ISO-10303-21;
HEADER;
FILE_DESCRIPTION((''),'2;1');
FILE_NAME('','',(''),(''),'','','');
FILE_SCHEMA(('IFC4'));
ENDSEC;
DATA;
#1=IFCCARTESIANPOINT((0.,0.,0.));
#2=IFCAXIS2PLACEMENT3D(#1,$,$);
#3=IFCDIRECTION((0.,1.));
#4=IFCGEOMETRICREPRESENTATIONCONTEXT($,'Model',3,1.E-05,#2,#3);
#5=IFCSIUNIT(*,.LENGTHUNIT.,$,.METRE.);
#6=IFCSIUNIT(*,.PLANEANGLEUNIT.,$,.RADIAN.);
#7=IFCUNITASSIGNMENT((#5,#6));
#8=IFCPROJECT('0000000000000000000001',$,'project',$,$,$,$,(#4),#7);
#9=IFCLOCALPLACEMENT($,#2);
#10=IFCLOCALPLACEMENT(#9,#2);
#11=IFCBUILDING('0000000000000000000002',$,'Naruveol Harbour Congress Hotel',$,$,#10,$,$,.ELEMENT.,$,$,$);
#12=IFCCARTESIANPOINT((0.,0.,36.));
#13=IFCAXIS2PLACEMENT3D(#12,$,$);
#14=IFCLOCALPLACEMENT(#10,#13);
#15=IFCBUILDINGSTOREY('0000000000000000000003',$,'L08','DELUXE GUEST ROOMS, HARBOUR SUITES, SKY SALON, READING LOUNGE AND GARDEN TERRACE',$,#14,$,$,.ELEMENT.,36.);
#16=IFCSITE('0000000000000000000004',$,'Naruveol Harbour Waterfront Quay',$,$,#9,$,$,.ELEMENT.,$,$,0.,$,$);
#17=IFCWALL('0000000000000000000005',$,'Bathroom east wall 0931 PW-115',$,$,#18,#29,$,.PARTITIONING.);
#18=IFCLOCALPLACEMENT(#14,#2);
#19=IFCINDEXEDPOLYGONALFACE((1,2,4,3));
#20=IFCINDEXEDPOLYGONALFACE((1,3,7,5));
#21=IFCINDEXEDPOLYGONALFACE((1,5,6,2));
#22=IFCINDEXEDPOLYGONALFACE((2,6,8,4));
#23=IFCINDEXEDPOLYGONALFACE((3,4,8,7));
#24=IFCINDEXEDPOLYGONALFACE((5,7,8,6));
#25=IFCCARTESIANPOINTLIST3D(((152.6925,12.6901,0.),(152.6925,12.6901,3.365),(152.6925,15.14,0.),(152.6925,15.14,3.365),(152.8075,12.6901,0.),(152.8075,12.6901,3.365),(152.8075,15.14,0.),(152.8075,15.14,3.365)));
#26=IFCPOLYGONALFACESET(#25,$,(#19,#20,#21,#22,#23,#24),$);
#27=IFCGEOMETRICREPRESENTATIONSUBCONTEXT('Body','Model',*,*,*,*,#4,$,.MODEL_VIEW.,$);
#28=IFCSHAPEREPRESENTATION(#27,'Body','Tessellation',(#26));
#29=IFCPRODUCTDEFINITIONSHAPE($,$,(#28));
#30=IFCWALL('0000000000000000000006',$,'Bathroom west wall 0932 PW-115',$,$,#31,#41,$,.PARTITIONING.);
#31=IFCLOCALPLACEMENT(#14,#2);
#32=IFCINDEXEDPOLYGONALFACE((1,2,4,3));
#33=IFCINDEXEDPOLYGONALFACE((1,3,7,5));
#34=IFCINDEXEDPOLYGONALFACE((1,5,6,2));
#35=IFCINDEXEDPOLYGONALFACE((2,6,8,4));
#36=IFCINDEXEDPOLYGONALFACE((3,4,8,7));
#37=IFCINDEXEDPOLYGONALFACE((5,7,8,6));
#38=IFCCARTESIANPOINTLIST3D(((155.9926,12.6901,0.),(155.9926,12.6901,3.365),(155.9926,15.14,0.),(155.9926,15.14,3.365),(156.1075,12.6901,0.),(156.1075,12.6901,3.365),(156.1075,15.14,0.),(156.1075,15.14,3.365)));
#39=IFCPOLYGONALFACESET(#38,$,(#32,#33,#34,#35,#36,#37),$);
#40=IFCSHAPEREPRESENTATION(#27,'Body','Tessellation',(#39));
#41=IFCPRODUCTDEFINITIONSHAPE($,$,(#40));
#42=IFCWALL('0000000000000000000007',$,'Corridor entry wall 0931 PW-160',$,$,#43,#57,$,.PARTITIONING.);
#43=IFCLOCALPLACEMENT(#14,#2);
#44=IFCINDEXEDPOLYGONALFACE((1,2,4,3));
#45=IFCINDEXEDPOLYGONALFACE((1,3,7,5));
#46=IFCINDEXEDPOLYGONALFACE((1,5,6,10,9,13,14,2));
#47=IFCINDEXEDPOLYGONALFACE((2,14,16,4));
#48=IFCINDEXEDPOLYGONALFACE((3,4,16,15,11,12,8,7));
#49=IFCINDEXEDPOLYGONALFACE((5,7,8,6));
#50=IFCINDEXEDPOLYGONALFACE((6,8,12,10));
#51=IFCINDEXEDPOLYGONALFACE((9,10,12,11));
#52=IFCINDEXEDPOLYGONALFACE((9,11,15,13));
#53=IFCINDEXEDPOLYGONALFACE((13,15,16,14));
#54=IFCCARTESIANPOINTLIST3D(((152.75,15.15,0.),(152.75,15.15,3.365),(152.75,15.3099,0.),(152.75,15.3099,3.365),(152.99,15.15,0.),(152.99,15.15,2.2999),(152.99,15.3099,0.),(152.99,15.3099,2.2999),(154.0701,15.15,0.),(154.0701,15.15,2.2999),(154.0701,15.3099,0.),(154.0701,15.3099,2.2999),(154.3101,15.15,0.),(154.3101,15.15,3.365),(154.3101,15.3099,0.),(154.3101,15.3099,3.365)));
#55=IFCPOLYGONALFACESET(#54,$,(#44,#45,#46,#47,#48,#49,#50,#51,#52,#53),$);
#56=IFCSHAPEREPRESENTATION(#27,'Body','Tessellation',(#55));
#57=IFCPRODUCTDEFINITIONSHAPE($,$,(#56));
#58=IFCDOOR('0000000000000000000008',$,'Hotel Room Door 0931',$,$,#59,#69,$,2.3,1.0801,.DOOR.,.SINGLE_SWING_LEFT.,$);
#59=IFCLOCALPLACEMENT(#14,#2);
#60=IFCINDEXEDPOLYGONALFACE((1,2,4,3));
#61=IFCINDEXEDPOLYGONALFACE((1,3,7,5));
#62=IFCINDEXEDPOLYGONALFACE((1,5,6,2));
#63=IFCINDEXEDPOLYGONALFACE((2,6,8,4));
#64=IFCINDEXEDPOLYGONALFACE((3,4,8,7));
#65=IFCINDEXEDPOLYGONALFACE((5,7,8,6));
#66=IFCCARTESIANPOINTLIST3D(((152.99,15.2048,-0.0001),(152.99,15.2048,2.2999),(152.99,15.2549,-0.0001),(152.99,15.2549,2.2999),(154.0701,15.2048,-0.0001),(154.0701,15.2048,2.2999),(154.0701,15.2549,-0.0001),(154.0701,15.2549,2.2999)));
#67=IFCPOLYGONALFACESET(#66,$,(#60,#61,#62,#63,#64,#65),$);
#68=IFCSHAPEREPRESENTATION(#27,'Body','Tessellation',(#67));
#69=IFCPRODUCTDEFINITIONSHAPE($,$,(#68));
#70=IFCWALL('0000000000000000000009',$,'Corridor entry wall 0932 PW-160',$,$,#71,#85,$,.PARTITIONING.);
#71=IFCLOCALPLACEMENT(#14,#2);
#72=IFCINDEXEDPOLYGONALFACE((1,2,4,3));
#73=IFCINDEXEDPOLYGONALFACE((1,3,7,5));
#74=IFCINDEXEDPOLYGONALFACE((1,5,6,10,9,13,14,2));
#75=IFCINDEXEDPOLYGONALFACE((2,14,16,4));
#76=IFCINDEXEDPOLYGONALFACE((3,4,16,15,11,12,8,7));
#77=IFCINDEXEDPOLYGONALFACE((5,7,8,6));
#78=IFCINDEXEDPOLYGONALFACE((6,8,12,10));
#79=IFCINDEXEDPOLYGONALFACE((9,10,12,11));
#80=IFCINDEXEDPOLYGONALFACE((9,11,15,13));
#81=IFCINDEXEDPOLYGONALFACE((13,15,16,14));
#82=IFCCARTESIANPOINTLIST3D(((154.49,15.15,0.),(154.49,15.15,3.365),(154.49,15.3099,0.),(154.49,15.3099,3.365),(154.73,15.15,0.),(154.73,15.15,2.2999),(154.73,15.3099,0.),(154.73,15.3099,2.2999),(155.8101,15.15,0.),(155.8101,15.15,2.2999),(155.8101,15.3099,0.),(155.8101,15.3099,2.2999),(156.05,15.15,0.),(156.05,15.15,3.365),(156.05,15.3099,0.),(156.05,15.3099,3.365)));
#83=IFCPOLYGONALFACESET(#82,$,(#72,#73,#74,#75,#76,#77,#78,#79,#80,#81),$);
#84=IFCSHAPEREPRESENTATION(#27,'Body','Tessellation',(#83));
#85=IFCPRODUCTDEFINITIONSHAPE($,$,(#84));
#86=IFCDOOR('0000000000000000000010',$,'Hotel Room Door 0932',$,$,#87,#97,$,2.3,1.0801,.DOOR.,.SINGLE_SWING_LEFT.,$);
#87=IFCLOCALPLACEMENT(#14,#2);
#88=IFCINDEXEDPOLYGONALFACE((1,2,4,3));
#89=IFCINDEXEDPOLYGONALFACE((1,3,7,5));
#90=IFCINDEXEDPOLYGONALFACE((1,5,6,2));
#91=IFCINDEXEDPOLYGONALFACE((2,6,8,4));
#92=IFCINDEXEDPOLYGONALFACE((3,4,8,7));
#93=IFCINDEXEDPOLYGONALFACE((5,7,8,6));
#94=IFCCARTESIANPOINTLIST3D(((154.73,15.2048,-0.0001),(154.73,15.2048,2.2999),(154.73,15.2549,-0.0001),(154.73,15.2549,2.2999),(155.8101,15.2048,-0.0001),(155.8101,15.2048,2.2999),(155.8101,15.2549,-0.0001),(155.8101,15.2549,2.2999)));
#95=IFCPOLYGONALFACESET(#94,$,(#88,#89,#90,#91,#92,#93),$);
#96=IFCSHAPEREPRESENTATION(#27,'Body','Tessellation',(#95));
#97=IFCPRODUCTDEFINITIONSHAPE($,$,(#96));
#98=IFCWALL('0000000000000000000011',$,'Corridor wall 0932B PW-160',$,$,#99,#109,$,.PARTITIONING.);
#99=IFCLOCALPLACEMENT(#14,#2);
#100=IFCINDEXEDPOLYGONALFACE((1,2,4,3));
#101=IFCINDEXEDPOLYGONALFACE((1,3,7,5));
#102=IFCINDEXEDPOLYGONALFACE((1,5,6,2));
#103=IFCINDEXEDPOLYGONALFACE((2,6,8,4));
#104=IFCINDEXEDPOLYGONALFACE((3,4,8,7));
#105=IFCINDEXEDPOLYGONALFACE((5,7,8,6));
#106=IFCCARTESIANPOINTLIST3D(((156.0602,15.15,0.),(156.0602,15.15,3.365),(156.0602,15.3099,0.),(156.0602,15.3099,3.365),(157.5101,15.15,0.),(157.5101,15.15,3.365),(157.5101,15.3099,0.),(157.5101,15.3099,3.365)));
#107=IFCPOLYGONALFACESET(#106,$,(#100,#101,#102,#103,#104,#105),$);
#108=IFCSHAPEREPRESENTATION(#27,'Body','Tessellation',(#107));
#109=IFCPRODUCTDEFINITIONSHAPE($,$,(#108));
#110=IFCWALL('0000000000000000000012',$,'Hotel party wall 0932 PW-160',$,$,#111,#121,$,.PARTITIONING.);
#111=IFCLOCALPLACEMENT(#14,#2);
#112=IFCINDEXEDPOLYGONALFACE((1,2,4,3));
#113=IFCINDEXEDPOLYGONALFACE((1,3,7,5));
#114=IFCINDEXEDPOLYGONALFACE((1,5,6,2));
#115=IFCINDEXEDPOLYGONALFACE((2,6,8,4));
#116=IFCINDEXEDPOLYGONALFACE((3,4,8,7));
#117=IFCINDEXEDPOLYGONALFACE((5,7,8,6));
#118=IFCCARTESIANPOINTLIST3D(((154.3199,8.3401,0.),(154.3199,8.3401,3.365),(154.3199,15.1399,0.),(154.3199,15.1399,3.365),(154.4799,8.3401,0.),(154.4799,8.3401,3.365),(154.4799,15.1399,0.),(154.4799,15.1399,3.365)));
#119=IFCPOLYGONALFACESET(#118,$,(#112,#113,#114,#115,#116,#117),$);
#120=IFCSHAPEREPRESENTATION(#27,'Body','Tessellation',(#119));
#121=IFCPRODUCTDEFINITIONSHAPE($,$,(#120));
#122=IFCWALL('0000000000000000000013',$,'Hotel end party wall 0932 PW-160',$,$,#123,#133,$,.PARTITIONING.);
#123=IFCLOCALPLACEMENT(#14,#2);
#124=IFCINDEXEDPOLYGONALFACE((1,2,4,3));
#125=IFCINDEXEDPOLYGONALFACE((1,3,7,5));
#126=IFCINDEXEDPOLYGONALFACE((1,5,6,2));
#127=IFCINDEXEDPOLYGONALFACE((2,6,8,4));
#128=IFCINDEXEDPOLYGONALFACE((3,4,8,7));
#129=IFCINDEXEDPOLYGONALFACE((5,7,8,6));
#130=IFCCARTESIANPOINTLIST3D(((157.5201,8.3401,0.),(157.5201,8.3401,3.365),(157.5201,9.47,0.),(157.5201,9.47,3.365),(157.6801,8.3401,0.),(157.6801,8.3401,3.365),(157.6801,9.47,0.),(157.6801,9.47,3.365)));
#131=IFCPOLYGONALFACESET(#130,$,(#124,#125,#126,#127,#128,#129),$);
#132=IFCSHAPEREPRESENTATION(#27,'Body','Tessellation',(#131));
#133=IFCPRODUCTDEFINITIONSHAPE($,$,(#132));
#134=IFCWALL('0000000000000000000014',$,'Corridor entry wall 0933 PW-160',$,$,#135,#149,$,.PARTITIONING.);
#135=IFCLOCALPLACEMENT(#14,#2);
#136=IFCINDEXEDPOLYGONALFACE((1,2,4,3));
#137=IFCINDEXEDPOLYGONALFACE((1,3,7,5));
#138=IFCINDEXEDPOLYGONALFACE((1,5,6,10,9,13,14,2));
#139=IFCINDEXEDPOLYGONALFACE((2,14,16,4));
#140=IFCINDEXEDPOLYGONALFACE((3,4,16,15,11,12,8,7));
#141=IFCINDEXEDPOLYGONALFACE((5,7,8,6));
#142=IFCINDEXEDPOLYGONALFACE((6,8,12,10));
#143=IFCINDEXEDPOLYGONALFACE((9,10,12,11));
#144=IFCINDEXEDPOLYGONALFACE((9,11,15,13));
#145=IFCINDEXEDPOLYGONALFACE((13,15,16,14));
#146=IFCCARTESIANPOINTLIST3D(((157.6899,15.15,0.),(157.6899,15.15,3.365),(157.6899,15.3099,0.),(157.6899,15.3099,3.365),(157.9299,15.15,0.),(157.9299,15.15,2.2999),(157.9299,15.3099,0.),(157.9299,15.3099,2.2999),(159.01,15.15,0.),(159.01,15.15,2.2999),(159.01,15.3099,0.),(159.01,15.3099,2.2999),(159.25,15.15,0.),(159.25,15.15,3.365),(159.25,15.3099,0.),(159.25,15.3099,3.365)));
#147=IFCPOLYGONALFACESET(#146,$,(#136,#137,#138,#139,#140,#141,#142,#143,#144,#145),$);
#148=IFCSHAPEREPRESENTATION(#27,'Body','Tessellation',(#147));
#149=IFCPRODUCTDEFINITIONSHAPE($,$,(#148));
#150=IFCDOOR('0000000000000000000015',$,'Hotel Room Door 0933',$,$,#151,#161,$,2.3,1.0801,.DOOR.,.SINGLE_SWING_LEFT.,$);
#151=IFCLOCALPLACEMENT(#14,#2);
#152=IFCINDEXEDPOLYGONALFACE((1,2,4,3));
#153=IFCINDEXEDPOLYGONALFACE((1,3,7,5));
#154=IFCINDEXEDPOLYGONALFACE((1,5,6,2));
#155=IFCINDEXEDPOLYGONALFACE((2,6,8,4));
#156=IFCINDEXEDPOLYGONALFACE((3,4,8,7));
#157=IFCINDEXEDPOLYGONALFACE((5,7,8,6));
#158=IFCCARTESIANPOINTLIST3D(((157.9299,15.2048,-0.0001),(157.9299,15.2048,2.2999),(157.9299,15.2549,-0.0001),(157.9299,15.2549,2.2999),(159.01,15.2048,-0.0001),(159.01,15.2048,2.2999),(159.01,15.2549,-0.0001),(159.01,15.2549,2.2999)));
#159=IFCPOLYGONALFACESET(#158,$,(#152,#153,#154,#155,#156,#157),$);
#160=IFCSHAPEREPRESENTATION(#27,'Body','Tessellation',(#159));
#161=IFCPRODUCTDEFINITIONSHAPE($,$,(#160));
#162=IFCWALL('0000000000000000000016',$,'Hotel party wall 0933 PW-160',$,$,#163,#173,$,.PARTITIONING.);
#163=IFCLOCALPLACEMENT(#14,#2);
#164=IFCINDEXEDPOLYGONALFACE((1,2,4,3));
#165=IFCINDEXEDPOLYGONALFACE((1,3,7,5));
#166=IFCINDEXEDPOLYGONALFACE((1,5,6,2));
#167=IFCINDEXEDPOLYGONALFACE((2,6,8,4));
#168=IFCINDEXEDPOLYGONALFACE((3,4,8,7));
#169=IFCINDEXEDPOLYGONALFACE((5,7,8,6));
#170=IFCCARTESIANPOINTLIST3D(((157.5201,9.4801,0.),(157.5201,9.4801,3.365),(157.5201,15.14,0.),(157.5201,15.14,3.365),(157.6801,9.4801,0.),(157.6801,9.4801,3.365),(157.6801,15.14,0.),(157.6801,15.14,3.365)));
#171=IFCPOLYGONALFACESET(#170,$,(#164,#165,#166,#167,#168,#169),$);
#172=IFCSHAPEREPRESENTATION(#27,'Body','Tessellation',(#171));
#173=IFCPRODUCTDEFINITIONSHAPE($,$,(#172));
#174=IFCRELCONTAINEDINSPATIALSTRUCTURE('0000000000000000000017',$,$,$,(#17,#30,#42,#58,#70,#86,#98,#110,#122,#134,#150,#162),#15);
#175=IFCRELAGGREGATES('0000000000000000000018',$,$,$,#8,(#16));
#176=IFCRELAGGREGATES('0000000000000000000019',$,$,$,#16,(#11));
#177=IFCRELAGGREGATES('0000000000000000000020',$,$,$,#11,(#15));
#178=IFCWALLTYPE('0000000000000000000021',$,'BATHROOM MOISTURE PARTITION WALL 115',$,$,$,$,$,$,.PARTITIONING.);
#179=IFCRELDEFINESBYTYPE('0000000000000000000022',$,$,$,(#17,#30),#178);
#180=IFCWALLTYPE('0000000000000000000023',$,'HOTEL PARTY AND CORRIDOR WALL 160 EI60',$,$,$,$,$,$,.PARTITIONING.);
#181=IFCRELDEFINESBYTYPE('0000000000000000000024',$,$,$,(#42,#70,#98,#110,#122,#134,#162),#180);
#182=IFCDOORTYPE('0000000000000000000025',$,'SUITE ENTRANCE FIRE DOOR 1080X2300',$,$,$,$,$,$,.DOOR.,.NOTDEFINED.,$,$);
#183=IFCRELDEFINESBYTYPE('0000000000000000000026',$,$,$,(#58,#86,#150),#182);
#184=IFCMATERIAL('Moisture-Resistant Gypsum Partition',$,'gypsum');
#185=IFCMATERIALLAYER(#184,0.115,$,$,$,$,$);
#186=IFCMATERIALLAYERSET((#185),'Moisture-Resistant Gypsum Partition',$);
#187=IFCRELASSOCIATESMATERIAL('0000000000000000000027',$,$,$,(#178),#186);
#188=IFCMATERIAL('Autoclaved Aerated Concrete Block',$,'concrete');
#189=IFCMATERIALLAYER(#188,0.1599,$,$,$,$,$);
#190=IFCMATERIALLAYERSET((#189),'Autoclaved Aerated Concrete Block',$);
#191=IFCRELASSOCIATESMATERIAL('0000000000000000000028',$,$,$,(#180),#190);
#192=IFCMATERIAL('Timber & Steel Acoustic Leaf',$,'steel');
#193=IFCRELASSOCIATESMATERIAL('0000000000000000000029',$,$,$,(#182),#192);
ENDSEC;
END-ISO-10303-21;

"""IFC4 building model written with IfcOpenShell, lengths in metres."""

from ifc_helpers import new_model, si_unit, direction, frame, frame_2d, origin, place, context, subcontext, project, spatial, rectangle, extrude, material, layer, layer_set, type_object, element, fill, save


model = new_model("IFC4")

# Units and contexts
model_context = context("Model", 3, precision=1e-05, world=origin(), true_north=direction((0.0, 1.0)))
body_context = subcontext(model_context, "Body", "Model", "MODEL_VIEW")
ifc_project = project(units=[si_unit("LENGTHUNIT", "METRE"), si_unit("PLANEANGLEUNIT", "RADIAN")], contexts=[model_context])

# Site, building, storey
site_placement = place(None, origin())
site = spatial("IfcSite", under=ifc_project, at=site_placement, Name="Naruveol Harbour Waterfront Quay", CompositionType="ELEMENT", RefElevation=0.0)
building_placement = place(site_placement, origin())
building = spatial("IfcBuilding", under=site, at=building_placement, Name="Naruveol Harbour Congress Hotel", CompositionType="ELEMENT")
storey_placement = place(building_placement, frame((0.0, 0.0, 36.0)))
storey = spatial("IfcBuildingStorey", under=building, at=storey_placement, Name="L08", Description="DELUXE GUEST ROOMS, HARBOUR SUITES, SKY SALON, READING LOUNGE AND GARDEN TERRACE", CompositionType="ELEMENT", Elevation=36.0)

# Walls
ifc_material_1 = material(Name="Moisture-Resistant Gypsum Partition", Category="gypsum")
ifc_layer_1 = layer(ifc_material_1, 0.115)
ifc_layer_set_1 = layer_set([ifc_layer_1], Name="Moisture-Resistant Gypsum Partition")
wall_type_1 = type_object("IfcWallType", Name="BATHROOM MOISTURE PARTITION WALL 115", PredefinedType="PARTITIONING", material=ifc_layer_set_1)
for number, where, z_axis, x_axis, name in (
    (1, (152.75, 12.6899, 0.0), (0.0, 0.0, 1.0), (0.0, 1.0, 0.0), "Bathroom east wall 0931 PW-115"),
    (2, (156.05, 12.6899, 0.0), (0.0, 0.0, 1.0), (0.0, 1.0, 0.0), "Bathroom west wall 0932 PW-115"),
):
    element("IfcWall", number, at=place(storey_placement, frame(where, z_axis=z_axis, x_axis=x_axis)), inside=storey, type_object=wall_type_1, Name=name, PredefinedType="PARTITIONING", context=body_context, shape_type="SweptSolid", body=[
        extrude(rectangle(XDim=2.45, YDim=0.115, at=frame_2d((1.2251, 0.0))), origin(), (0.0, 0.0, 1.0), 3.365),
    ])

# Walls, openings, doors
ifc_material_2 = material(Name="Autoclaved Aerated Concrete Block", Category="concrete")
ifc_layer_2 = layer(ifc_material_2, 0.1599)
ifc_layer_set_2 = layer_set([ifc_layer_2], Name="Autoclaved Aerated Concrete Block")
wall_type_2 = type_object("IfcWallType", Name="HOTEL PARTY AND CORRIDOR WALL 160 EI60", PredefinedType="PARTITIONING", material=ifc_layer_set_2)
wall_1_placement = place(storey_placement, frame((152.75, 15.23, 0.0), z_axis=(0.0, 0.0, 1.0), x_axis=(1.0, 0.0, 0.0)))
wall_1 = element("IfcWall", 3, at=wall_1_placement, inside=storey, type_object=wall_type_2, Name="Corridor entry wall 0931 PW-160", PredefinedType="PARTITIONING", context=body_context, shape_type="SweptSolid", body=[
    extrude(rectangle(XDim=1.5601, YDim=0.1599, at=frame_2d((0.78, 0.0))), origin(), (0.0, 0.0, 1.0), 3.365),
])
opening_1_placement = place(wall_1_placement, frame((0.24, 0.0, 0.0)))
opening_1 = element("IfcOpeningElement", 4, at=opening_1_placement, cuts=wall_1, PredefinedType="OPENING", context=body_context, shape_type="SweptSolid", body=[
    extrude(rectangle(XDim=1.0801, YDim=2.3, at=frame_2d((0.54, 1.1499))), frame((0.0, 0.0898, 0.0), z_axis=(0.0, -1.0, 0.0), x_axis=(1.0, 0.0, 0.0)), (0.0, 0.0, 1.0), 0.1799),
])
ifc_material_3 = material(Name="Timber & Steel Acoustic Leaf", Category="steel")
door_type_1 = type_object("IfcDoorType", Name="SUITE ENTRANCE FIRE DOOR 1080X2300", OperationType="NOTDEFINED", PredefinedType="DOOR", material=ifc_material_3)
door_1_placement = place(opening_1_placement, origin())
door_1 = element("IfcDoor", 5, at=door_1_placement, inside=storey, type_object=door_type_1, Name="Hotel Room Door 0931", OperationType="SINGLE_SWING_LEFT", OverallHeight=2.3, OverallWidth=1.0801, PredefinedType="DOOR", context=body_context, shape_type="SweptSolid", body=[
    extrude(rectangle(XDim=1.0801, YDim=2.3, at=frame_2d((0.54, 1.1499))), frame((0.0, 0.0249, 0.0), z_axis=(0.0, -1.0, 0.0), x_axis=(1.0, 0.0, 0.0)), (0.0, 0.0, 1.0), 0.05),
])
fill(opening_1, door_1)
wall_2_placement = place(storey_placement, frame((154.49, 15.23, 0.0), z_axis=(0.0, 0.0, 1.0), x_axis=(1.0, 0.0, 0.0)))
wall_2 = element("IfcWall", 6, at=wall_2_placement, inside=storey, type_object=wall_type_2, Name="Corridor entry wall 0932 PW-160", PredefinedType="PARTITIONING", context=body_context, shape_type="SweptSolid", body=[
    extrude(rectangle(XDim=1.5601, YDim=0.1599, at=frame_2d((0.78, 0.0))), origin(), (0.0, 0.0, 1.0), 3.365),
])
opening_2_placement = place(wall_2_placement, frame((0.24, 0.0, 0.0)))
opening_2 = element("IfcOpeningElement", 7, at=opening_2_placement, cuts=wall_2, PredefinedType="OPENING", context=body_context, shape_type="SweptSolid", body=[
    extrude(rectangle(XDim=1.0801, YDim=2.3, at=frame_2d((0.54, 1.1499))), frame((0.0, 0.0898, 0.0), z_axis=(0.0, -1.0, 0.0), x_axis=(1.0, 0.0, 0.0)), (0.0, 0.0, 1.0), 0.1799),
])
door_2_placement = place(opening_2_placement, origin())
door_2 = element("IfcDoor", 8, at=door_2_placement, inside=storey, type_object=door_type_1, Name="Hotel Room Door 0932", OperationType="SINGLE_SWING_LEFT", OverallHeight=2.3, OverallWidth=1.0801, PredefinedType="DOOR", context=body_context, shape_type="SweptSolid", body=[
    extrude(rectangle(XDim=1.0801, YDim=2.3, at=frame_2d((0.54, 1.1499))), frame((0.0, 0.0249, 0.0), z_axis=(0.0, -1.0, 0.0), x_axis=(1.0, 0.0, 0.0)), (0.0, 0.0, 1.0), 0.05),
])
fill(opening_2, door_2)

# Walls
wall_3_placement = place(storey_placement, frame((156.0601, 15.23, 0.0), z_axis=(0.0, 0.0, 1.0), x_axis=(1.0, 0.0, 0.0)))
element("IfcWall", 9, at=wall_3_placement, inside=storey, type_object=wall_type_2, Name="Corridor wall 0932B PW-160", PredefinedType="PARTITIONING", context=body_context, shape_type="SweptSolid", body=[
    extrude(rectangle(XDim=1.45, YDim=0.1599, at=frame_2d((0.7251, 0.0))), origin(), (0.0, 0.0, 1.0), 3.365),
])
wall_4_placement = place(storey_placement, frame((154.3999, 8.3401, 0.0), z_axis=(0.0, 0.0, 1.0), x_axis=(0.0, 1.0, 0.0)))
element("IfcWall", 10, at=wall_4_placement, inside=storey, type_object=wall_type_2, Name="Hotel party wall 0932 PW-160", PredefinedType="PARTITIONING", context=body_context, shape_type="SweptSolid", body=[
    extrude(rectangle(XDim=6.7998, YDim=0.1599, at=frame_2d((3.3999, 0.0))), origin(), (0.0, 0.0, 1.0), 3.365),
])
wall_5_placement = place(storey_placement, frame((157.6001, 8.3401, 0.0), z_axis=(0.0, 0.0, 1.0), x_axis=(0.0, 1.0, 0.0)))
element("IfcWall", 11, at=wall_5_placement, inside=storey, type_object=wall_type_2, Name="Hotel end party wall 0932 PW-160", PredefinedType="PARTITIONING", context=body_context, shape_type="SweptSolid", body=[
    extrude(rectangle(XDim=1.1299, YDim=0.1599, at=frame_2d((0.5649, 0.0))), origin(), (0.0, 0.0, 1.0), 3.365),
])

# Wall, opening, door
wall_6_placement = place(storey_placement, frame((157.6899, 15.23, 0.0), z_axis=(0.0, 0.0, 1.0), x_axis=(1.0, 0.0, 0.0)))
wall_6 = element("IfcWall", 12, at=wall_6_placement, inside=storey, type_object=wall_type_2, Name="Corridor entry wall 0933 PW-160", PredefinedType="PARTITIONING", context=body_context, shape_type="SweptSolid", body=[
    extrude(rectangle(XDim=1.5601, YDim=0.1599, at=frame_2d((0.78, 0.0))), origin(), (0.0, 0.0, 1.0), 3.365),
])
opening_3_placement = place(wall_6_placement, frame((0.24, 0.0, 0.0)))
opening_3 = element("IfcOpeningElement", 13, at=opening_3_placement, cuts=wall_6, PredefinedType="OPENING", context=body_context, shape_type="SweptSolid", body=[
    extrude(rectangle(XDim=1.0801, YDim=2.3, at=frame_2d((0.54, 1.1499))), frame((0.0, 0.0898, 0.0), z_axis=(0.0, -1.0, 0.0), x_axis=(1.0, 0.0, 0.0)), (0.0, 0.0, 1.0), 0.1799),
])
door_3_placement = place(opening_3_placement, origin())
door_3 = element("IfcDoor", 14, at=door_3_placement, inside=storey, type_object=door_type_1, Name="Hotel Room Door 0933", OperationType="SINGLE_SWING_LEFT", OverallHeight=2.3, OverallWidth=1.0801, PredefinedType="DOOR", context=body_context, shape_type="SweptSolid", body=[
    extrude(rectangle(XDim=1.0801, YDim=2.3, at=frame_2d((0.54, 1.1499))), frame((0.0, 0.0249, 0.0), z_axis=(0.0, -1.0, 0.0), x_axis=(1.0, 0.0, 0.0)), (0.0, 0.0, 1.0), 0.05),
])
fill(opening_3, door_3)

# Wall
wall_7_placement = place(storey_placement, frame((157.6001, 9.48, 0.0), z_axis=(0.0, 0.0, 1.0), x_axis=(0.0, 1.0, 0.0)))
element("IfcWall", 15, at=wall_7_placement, inside=storey, type_object=wall_type_2, Name="Hotel party wall 0933 PW-160", PredefinedType="PARTITIONING", context=body_context, shape_type="SweptSolid", body=[
    extrude(rectangle(XDim=5.6599, YDim=0.1599, at=frame_2d((2.8301, 0.0))), origin(), (0.0, 0.0, 1.0), 3.365),
])

save(model, "model.ifc")
